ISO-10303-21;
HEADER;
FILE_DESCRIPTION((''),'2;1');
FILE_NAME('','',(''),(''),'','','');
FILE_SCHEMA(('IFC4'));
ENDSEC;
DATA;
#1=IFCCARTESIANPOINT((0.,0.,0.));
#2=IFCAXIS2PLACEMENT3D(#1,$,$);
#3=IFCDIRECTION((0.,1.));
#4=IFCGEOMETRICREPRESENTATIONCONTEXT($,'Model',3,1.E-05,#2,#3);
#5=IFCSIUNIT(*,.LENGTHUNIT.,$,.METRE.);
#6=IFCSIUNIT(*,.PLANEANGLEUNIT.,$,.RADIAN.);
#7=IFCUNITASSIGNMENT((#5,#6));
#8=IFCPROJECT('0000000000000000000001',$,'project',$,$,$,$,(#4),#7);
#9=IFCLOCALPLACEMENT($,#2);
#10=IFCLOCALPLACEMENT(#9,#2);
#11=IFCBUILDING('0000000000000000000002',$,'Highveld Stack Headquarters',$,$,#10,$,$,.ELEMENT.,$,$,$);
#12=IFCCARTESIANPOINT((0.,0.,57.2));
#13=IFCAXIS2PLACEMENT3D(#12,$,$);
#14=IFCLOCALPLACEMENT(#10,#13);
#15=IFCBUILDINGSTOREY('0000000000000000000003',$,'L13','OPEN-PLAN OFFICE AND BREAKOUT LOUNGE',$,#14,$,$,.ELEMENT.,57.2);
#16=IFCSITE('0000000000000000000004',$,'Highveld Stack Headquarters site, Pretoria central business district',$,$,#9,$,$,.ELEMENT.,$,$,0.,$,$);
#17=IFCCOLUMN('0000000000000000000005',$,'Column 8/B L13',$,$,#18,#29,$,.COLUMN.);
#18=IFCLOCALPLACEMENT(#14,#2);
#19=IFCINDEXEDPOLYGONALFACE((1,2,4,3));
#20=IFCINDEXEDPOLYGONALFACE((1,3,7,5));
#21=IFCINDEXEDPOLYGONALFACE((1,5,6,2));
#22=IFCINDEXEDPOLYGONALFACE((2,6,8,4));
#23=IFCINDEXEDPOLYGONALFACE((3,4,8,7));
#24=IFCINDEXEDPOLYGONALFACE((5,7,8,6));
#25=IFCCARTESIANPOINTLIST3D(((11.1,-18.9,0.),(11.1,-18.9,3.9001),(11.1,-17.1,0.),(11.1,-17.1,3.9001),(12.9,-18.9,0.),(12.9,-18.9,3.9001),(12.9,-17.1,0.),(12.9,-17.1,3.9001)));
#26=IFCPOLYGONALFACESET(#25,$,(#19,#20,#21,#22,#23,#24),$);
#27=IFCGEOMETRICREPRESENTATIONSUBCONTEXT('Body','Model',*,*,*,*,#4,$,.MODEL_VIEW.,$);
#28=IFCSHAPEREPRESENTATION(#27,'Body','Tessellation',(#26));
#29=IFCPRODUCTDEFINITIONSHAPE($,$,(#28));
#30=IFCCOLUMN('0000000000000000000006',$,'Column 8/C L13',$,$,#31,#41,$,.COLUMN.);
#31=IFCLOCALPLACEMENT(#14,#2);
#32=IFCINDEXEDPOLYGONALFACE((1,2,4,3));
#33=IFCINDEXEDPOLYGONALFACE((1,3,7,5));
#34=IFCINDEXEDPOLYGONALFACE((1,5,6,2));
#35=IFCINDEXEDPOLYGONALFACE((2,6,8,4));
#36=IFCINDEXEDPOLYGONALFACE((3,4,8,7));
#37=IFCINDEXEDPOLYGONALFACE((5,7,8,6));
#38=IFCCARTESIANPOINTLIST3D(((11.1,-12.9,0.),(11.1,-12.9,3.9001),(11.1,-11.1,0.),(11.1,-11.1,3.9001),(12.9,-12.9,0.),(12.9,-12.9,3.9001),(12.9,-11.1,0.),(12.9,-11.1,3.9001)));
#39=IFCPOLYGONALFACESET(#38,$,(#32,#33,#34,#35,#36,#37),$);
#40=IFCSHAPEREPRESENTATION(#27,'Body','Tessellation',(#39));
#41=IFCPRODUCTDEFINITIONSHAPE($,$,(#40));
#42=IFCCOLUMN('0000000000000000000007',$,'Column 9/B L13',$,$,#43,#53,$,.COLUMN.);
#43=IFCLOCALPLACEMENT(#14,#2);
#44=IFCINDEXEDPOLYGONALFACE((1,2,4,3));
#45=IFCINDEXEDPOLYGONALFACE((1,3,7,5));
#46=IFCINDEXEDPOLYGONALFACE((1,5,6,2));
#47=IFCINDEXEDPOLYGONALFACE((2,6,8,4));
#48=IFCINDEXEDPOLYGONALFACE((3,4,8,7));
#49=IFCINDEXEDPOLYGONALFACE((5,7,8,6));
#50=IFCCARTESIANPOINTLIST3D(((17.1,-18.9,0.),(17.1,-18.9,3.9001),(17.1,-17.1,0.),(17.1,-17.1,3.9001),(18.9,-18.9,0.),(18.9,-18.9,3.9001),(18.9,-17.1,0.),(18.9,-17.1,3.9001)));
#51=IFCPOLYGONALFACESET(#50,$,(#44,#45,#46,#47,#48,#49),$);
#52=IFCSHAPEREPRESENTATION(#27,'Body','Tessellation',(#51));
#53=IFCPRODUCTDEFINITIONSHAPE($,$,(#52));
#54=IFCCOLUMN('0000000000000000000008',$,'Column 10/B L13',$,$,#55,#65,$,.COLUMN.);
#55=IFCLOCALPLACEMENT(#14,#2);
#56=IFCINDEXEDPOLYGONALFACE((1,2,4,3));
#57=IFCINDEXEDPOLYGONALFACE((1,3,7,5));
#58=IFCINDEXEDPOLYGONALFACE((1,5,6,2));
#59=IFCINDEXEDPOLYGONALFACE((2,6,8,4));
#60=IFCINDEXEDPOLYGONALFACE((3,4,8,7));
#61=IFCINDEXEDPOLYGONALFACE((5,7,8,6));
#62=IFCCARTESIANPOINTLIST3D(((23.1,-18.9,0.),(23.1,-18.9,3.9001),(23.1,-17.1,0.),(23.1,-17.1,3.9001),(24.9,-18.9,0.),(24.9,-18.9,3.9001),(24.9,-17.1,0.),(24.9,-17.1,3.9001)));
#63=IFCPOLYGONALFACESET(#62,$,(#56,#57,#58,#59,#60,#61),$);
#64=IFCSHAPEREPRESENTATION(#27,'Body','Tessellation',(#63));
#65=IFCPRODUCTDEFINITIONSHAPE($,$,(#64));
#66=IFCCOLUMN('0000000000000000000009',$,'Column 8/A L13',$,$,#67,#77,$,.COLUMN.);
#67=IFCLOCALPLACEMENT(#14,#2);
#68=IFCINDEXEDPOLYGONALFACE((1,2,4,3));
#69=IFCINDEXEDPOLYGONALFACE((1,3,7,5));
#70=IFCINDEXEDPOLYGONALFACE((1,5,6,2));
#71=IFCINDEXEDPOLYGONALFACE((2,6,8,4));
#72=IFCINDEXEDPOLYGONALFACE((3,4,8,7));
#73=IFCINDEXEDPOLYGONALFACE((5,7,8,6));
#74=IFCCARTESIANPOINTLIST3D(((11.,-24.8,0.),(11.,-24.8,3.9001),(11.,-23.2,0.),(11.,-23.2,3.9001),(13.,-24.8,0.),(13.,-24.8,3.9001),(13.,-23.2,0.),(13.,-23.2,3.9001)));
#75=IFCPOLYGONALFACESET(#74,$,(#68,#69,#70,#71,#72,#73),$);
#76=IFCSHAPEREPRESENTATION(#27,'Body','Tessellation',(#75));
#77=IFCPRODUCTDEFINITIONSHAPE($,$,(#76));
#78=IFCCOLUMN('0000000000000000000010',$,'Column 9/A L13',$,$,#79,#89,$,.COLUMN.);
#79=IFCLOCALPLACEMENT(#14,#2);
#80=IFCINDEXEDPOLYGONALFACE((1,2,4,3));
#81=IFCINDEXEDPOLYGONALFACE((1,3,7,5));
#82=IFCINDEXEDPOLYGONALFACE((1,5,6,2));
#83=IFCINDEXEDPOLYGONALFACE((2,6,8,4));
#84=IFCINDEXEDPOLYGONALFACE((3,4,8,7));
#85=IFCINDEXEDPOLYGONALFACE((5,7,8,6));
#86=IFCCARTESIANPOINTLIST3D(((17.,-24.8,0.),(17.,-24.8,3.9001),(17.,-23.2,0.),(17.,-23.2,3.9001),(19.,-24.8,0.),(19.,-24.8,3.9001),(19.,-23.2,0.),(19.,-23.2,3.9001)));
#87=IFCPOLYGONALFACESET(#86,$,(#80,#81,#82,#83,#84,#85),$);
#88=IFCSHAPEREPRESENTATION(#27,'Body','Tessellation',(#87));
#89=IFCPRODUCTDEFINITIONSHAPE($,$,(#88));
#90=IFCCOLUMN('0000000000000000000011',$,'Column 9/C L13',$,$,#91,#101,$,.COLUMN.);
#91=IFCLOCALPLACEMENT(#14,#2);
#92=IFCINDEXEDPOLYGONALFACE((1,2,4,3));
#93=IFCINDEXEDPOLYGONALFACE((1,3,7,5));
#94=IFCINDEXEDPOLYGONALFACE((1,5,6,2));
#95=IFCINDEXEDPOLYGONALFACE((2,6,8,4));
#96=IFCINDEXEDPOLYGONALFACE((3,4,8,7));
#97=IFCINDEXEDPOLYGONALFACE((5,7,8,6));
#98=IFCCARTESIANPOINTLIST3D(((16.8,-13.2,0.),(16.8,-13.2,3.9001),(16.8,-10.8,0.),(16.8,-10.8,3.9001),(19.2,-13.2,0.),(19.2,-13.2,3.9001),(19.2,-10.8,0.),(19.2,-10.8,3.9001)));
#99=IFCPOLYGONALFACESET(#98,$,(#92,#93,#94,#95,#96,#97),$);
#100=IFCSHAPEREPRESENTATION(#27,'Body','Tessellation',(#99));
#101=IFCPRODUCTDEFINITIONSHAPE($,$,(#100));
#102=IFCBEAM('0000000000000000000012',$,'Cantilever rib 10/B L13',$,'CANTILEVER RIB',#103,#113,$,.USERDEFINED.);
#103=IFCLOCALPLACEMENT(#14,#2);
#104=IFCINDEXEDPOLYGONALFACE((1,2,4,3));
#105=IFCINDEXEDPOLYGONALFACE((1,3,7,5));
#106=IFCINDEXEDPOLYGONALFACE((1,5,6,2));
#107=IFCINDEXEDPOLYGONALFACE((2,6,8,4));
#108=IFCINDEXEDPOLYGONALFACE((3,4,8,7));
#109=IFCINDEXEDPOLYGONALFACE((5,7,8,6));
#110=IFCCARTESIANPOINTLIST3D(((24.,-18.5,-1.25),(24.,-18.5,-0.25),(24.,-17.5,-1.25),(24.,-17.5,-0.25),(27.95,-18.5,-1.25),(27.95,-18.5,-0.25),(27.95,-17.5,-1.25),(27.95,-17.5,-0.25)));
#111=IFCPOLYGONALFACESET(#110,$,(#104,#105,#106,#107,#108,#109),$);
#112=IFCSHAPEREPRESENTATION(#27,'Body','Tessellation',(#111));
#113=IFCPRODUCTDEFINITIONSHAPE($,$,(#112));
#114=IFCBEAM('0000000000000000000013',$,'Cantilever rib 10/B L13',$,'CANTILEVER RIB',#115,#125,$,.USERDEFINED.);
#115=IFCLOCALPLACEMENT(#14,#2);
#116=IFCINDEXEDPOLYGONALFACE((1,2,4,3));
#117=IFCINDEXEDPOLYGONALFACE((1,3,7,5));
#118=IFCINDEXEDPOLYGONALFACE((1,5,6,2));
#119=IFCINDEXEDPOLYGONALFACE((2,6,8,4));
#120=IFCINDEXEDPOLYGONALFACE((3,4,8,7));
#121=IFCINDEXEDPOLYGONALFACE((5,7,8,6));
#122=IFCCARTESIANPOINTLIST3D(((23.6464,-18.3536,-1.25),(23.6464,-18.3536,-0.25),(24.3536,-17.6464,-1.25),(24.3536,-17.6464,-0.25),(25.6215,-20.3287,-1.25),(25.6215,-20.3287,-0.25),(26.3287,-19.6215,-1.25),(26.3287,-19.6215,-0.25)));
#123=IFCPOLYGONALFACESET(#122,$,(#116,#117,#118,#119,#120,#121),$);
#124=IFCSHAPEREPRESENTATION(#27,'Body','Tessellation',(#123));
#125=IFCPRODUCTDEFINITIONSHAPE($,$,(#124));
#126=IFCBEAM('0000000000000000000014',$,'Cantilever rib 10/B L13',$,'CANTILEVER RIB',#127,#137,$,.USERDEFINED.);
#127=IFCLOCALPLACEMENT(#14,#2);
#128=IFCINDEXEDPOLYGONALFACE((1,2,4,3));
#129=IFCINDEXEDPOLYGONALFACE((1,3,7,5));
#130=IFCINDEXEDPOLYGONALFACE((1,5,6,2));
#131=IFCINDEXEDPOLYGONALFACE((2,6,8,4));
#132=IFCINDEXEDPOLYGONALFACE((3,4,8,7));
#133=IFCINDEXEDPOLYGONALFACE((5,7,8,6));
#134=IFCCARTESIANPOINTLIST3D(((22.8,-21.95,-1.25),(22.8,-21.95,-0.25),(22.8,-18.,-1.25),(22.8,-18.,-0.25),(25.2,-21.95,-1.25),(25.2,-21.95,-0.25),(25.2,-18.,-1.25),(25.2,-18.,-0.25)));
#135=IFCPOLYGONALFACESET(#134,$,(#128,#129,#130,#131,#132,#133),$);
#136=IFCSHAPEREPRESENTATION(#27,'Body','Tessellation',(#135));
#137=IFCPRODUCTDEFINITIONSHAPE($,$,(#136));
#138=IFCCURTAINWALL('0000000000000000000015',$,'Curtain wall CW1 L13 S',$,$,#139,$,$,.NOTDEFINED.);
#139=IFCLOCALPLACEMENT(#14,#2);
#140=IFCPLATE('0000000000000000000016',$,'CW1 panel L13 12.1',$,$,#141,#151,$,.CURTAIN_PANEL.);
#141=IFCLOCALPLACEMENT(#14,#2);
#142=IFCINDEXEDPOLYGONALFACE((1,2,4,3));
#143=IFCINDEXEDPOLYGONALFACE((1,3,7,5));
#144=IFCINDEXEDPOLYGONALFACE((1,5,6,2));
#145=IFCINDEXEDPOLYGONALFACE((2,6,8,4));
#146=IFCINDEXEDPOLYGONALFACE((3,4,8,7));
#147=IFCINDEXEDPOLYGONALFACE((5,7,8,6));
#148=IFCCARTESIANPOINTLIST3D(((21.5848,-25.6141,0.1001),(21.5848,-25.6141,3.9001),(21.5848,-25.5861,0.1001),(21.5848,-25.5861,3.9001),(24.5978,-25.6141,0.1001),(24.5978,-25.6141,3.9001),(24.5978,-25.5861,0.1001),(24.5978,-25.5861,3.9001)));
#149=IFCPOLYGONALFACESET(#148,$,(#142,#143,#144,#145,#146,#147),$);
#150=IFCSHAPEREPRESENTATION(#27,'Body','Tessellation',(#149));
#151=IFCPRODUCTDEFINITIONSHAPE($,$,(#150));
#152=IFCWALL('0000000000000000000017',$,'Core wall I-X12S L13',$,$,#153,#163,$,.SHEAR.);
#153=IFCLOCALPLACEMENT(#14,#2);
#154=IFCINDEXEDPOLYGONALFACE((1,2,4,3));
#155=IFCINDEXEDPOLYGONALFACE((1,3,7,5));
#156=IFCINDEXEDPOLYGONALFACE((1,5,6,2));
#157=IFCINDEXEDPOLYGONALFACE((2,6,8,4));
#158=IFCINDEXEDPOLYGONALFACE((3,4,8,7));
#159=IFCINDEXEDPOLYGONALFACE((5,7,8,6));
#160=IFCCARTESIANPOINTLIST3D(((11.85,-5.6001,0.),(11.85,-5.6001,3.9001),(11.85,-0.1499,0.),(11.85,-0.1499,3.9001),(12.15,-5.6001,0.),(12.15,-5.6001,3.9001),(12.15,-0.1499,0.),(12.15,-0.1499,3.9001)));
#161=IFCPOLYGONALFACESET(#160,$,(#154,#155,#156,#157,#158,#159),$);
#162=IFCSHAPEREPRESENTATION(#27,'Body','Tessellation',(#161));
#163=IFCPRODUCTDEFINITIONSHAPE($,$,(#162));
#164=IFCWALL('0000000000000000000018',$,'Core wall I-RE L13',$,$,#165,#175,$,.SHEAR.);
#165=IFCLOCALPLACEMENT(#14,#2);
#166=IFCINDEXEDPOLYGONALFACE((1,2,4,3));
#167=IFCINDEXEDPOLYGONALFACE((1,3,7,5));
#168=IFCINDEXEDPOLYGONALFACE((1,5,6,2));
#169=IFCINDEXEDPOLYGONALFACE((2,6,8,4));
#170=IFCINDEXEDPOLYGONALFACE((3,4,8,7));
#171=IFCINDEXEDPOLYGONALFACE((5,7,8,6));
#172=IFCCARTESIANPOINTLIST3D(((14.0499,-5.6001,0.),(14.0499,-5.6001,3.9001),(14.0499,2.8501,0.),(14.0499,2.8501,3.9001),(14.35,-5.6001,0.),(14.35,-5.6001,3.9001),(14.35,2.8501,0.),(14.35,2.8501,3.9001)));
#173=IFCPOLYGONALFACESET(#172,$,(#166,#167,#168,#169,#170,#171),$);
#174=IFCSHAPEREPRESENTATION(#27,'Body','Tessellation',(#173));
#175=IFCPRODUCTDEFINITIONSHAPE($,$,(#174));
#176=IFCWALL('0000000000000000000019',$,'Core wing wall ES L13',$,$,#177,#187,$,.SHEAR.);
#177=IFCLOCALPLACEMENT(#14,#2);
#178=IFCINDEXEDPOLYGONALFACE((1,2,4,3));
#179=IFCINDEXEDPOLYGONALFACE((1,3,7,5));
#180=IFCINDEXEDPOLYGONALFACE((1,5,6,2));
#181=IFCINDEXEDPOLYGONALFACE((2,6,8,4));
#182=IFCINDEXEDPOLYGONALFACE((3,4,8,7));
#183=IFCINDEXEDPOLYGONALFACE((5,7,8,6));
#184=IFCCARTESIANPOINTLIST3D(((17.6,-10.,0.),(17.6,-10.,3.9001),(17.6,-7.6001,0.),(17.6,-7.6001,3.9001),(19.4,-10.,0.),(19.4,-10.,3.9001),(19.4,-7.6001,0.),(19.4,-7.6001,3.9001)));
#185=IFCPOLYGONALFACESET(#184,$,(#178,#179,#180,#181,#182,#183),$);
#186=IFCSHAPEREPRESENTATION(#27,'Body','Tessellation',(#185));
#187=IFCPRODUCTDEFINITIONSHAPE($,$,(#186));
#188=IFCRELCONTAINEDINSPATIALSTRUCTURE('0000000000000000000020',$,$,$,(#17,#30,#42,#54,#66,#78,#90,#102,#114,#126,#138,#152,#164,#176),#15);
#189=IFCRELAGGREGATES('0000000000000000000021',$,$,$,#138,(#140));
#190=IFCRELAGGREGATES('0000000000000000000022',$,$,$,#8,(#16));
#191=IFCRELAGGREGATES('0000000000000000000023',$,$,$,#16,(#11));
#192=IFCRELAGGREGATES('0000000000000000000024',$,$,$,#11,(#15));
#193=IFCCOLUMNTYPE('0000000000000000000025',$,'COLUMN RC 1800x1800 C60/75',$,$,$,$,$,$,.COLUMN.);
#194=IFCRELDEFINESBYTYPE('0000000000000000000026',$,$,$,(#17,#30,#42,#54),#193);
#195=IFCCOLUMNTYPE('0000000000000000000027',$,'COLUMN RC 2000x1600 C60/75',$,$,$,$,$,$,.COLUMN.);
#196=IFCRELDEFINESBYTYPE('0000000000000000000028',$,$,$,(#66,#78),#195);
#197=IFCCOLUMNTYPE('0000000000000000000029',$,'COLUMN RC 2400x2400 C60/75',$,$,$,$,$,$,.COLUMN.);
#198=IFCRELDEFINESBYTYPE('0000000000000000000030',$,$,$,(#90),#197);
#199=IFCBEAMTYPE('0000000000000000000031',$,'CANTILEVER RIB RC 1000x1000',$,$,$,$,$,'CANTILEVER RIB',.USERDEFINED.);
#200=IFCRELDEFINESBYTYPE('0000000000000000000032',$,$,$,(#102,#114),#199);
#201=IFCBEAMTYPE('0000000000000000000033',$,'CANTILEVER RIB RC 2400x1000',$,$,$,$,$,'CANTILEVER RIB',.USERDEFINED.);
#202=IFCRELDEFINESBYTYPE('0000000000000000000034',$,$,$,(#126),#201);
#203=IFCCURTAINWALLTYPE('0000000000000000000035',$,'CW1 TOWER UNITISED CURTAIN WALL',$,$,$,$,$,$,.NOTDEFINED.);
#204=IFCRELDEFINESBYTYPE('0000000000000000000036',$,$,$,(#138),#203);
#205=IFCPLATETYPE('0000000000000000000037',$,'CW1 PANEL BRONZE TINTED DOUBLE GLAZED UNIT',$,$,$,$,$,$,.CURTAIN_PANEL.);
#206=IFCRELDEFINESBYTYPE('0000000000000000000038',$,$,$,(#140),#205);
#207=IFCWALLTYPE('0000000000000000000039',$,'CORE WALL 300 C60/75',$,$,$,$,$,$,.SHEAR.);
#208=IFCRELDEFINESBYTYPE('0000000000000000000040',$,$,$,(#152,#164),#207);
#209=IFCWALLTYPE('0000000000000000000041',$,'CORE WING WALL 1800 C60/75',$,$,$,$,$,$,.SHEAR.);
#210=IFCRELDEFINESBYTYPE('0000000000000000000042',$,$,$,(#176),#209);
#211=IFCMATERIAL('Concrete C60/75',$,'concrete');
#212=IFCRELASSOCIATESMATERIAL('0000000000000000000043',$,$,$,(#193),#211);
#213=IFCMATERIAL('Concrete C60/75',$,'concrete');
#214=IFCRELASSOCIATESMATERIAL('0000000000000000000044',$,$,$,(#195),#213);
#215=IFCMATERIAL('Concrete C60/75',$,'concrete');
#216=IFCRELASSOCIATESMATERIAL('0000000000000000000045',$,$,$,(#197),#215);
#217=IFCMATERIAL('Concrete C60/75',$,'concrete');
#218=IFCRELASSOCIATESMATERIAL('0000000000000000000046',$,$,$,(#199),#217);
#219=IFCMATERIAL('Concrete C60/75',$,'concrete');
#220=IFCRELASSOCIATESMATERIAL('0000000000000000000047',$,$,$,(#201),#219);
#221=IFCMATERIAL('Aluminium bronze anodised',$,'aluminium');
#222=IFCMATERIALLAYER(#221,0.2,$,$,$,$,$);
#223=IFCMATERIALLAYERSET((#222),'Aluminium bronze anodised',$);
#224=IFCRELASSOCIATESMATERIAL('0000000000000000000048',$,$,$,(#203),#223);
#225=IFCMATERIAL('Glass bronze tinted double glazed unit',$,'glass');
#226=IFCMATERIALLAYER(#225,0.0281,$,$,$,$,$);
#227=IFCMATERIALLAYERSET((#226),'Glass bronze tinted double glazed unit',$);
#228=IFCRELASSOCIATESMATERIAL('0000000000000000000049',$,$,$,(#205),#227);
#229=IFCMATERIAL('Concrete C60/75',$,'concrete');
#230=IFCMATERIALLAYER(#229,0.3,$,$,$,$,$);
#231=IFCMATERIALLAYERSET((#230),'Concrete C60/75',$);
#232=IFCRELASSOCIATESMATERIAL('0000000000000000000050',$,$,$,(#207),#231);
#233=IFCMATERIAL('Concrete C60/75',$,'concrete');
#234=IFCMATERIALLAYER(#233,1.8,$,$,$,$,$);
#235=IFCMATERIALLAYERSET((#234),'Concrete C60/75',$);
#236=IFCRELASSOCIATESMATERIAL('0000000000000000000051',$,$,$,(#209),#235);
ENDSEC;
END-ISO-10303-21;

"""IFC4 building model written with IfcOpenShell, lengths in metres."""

from ifc_helpers import new_model, si_unit, direction, frame, frame_2d, origin, origin_2d, place, context, subcontext, project, spatial, rectangle, extrude, material, layer, layer_set, material_profile, profile_set, type_object, element, aggregate, save


model = new_model("IFC4")

# Units and contexts
model_context = context("Model", 3, precision=1e-05, world=origin(), true_north=direction((0.0, 1.0)))
body_context = subcontext(model_context, "Body", "Model", "MODEL_VIEW")
ifc_project = project(units=[si_unit("LENGTHUNIT", "METRE"), si_unit("PLANEANGLEUNIT", "RADIAN")], contexts=[model_context])

# Site, building, storey
site_placement = place(None, origin())
site = spatial("IfcSite", under=ifc_project, at=site_placement, Name="Highveld Stack Headquarters site, Pretoria central business district", CompositionType="ELEMENT", RefElevation=0.0)
building_placement = place(site_placement, origin())
building = spatial("IfcBuilding", under=site, at=building_placement, Name="Highveld Stack Headquarters", CompositionType="ELEMENT")
storey_placement = place(building_placement, frame((0.0, 0.0, 57.2)))
storey = spatial("IfcBuildingStorey", under=building, at=storey_placement, Name="L13", Description="OPEN-PLAN OFFICE AND BREAKOUT LOUNGE", CompositionType="ELEMENT", Elevation=57.2)

# Columns
ifc_material_1 = material(Name="Concrete C60/75", Category="concrete")
ifc_material_profile_1 = material_profile(ifc_material_1, rectangle(XDim=1.8, YDim=1.8, at=origin_2d()), Name="RC 1800x1800")
ifc_profile_set_1 = profile_set([ifc_material_profile_1], Name="Concrete C60/75")
column_type_1 = type_object("IfcColumnType", Name="COLUMN RC 1800x1800 C60/75", PredefinedType="COLUMN", material=ifc_profile_set_1)
for number, where, z_axis, x_axis, name in (
    (1, (12.0, -18.0, 0.0), (0.0, 0.0, 1.0), (1.0, 0.0, 0.0), "Column 8/B L13"),
    (2, (12.0, -12.0, 0.0), (0.0, 0.0, 1.0), (1.0, 0.0, 0.0), "Column 8/C L13"),
    (3, (18.0, -18.0, 0.0), (0.0, 0.0, 1.0), (1.0, 0.0, 0.0), "Column 9/B L13"),
    (4, (24.0, -18.0, 0.0), (0.0, 0.0, 1.0), (1.0, 0.0, 0.0), "Column 10/B L13"),
):
    element("IfcColumn", number, at=place(storey_placement, frame(where, z_axis=z_axis, x_axis=x_axis)), inside=storey, type_object=column_type_1, Name=name, PredefinedType="COLUMN", context=body_context, shape_type="SweptSolid", body=[
        extrude(rectangle(XDim=1.8, YDim=1.8, at=origin_2d()), origin(), (0.0, 0.0, 1.0), 3.9001),
    ])
ifc_material_2 = material(Name="Concrete C60/75", Category="concrete")
ifc_material_profile_2 = material_profile(ifc_material_2, rectangle(XDim=2.0, YDim=1.6001, at=origin_2d()), Name="RC 2000x1600")
ifc_profile_set_2 = profile_set([ifc_material_profile_2], Name="Concrete C60/75")
column_type_2 = type_object("IfcColumnType", Name="COLUMN RC 2000x1600 C60/75", PredefinedType="COLUMN", material=ifc_profile_set_2)
for number, where, z_axis, x_axis, name in (
    (5, (12.0, -24.0, 0.0), (0.0, 0.0, 1.0), (1.0, 0.0, 0.0), "Column 8/A L13"),
    (6, (18.0, -24.0, 0.0), (0.0, 0.0, 1.0), (1.0, 0.0, 0.0), "Column 9/A L13"),
):
    element("IfcColumn", number, at=place(storey_placement, frame(where, z_axis=z_axis, x_axis=x_axis)), inside=storey, type_object=column_type_2, Name=name, PredefinedType="COLUMN", context=body_context, shape_type="SweptSolid", body=[
        extrude(rectangle(XDim=2.0, YDim=1.6001, at=origin_2d()), origin(), (0.0, 0.0, 1.0), 3.9001),
    ])
ifc_material_3 = material(Name="Concrete C60/75", Category="concrete")
ifc_material_profile_3 = material_profile(ifc_material_3, rectangle(XDim=2.3999, YDim=2.3999, at=origin_2d()), Name="RC 2400x2400")
ifc_profile_set_3 = profile_set([ifc_material_profile_3], Name="Concrete C60/75")
column_type_3 = type_object("IfcColumnType", Name="COLUMN RC 2400x2400 C60/75", PredefinedType="COLUMN", material=ifc_profile_set_3)
column_placement = place(storey_placement, frame((18.0, -12.0, 0.0), z_axis=(0.0, 0.0, 1.0), x_axis=(1.0, 0.0, 0.0)))
element("IfcColumn", 7, at=column_placement, inside=storey, type_object=column_type_3, Name="Column 9/C L13", PredefinedType="COLUMN", context=body_context, shape_type="SweptSolid", body=[
    extrude(rectangle(XDim=2.3999, YDim=2.3999, at=origin_2d()), origin(), (0.0, 0.0, 1.0), 3.9001),
])

# Beams
ifc_material_4 = material(Name="Concrete C60/75", Category="concrete")
ifc_material_profile_4 = material_profile(ifc_material_4, rectangle(XDim=1.0, YDim=1.0, at=origin_2d()), Name="RC 1000x1000")
ifc_profile_set_4 = profile_set([ifc_material_profile_4], Name="Concrete C60/75")
beam_type_1 = type_object("IfcBeamType", Name="CANTILEVER RIB RC 1000x1000", ElementType="CANTILEVER RIB", PredefinedType="USERDEFINED", material=ifc_profile_set_4)
beam_1_placement = place(storey_placement, frame((24.0, -18.0, -0.75), z_axis=(1.0, 0.0, 0.0), x_axis=(0.0, 1.0, 0.0)))
element("IfcBeam", 8, at=beam_1_placement, inside=storey, type_object=beam_type_1, Name="Cantilever rib 10/B L13", ObjectType="CANTILEVER RIB", PredefinedType="USERDEFINED", context=body_context, shape_type="SweptSolid", body=[
    extrude(rectangle(XDim=1.0, YDim=1.0, at=origin_2d()), origin(), (0.0, 0.0, 1.0), 3.95),
])
beam_2_placement = place(storey_placement, frame((24.0, -18.0, -0.75), z_axis=(0.707107, -0.707107, 0.0), x_axis=(0.707107, 0.707107, 0.0)))
element("IfcBeam", 9, at=beam_2_placement, inside=storey, type_object=beam_type_1, Name="Cantilever rib 10/B L13", ObjectType="CANTILEVER RIB", PredefinedType="USERDEFINED", context=body_context, shape_type="SweptSolid", body=[
    extrude(rectangle(XDim=1.0, YDim=1.0, at=origin_2d()), origin(), (0.0, 0.0, 1.0), 2.7932),
])
ifc_material_5 = material(Name="Concrete C60/75", Category="concrete")
ifc_material_profile_5 = material_profile(ifc_material_5, rectangle(XDim=2.3999, YDim=1.0, at=origin_2d()), Name="RC 2400x1000")
ifc_profile_set_5 = profile_set([ifc_material_profile_5], Name="Concrete C60/75")
beam_type_2 = type_object("IfcBeamType", Name="CANTILEVER RIB RC 2400x1000", ElementType="CANTILEVER RIB", PredefinedType="USERDEFINED", material=ifc_profile_set_5)
beam_3_placement = place(storey_placement, frame((24.0, -18.0, -0.75), z_axis=(0.0, -1.0, 0.0), x_axis=(1.0, 0.0, 0.0)))
element("IfcBeam", 10, at=beam_3_placement, inside=storey, type_object=beam_type_2, Name="Cantilever rib 10/B L13", ObjectType="CANTILEVER RIB", PredefinedType="USERDEFINED", context=body_context, shape_type="SweptSolid", body=[
    extrude(rectangle(XDim=2.3999, YDim=1.0, at=origin_2d()), origin(), (0.0, 0.0, 1.0), 3.95),
])

# Curtain wall, plate
ifc_material_6 = material(Name="Aluminium bronze anodised", Category="aluminium")
ifc_layer_1 = layer(ifc_material_6, 0.2)
ifc_layer_set_1 = layer_set([ifc_layer_1], Name="Aluminium bronze anodised")
curtain_wall_type = type_object("IfcCurtainWallType", Name="CW1 TOWER UNITISED CURTAIN WALL", PredefinedType="NOTDEFINED", material=ifc_layer_set_1)
curtain_wall_placement = place(storey_placement, origin())
curtain_wall = element("IfcCurtainWall", 11, at=curtain_wall_placement, inside=storey, type_object=curtain_wall_type, Name="Curtain wall CW1 L13 S", PredefinedType="NOTDEFINED")
ifc_material_7 = material(Name="Glass bronze tinted double glazed unit", Category="glass")
ifc_layer_2 = layer(ifc_material_7, 0.0281)
ifc_layer_set_2 = layer_set([ifc_layer_2], Name="Glass bronze tinted double glazed unit")
plate_type = type_object("IfcPlateType", Name="CW1 PANEL BRONZE TINTED DOUBLE GLAZED UNIT", PredefinedType="CURTAIN_PANEL", material=ifc_layer_set_2)
plate_placement = place(storey_placement, frame((23.0913, -25.6001, 0.1001), z_axis=(0.0, 0.0, 1.0), x_axis=(1.0, 0.0, 0.0)))
plate = element("IfcPlate", 12, at=plate_placement, type_object=plate_type, Name="CW1 panel L13 12.1", PredefinedType="CURTAIN_PANEL", context=body_context, shape_type="SweptSolid", body=[
    extrude(rectangle(XDim=3.0129, YDim=0.0281, at=origin_2d()), origin(), (0.0, 0.0, 1.0), 3.8),
])
aggregate(curtain_wall, [plate])

# Walls
ifc_material_8 = material(Name="Concrete C60/75", Category="concrete")
ifc_layer_3 = layer(ifc_material_8, 0.3)
ifc_layer_set_3 = layer_set([ifc_layer_3], Name="Concrete C60/75")
wall_type_1 = type_object("IfcWallType", Name="CORE WALL 300 C60/75", PredefinedType="SHEAR", material=ifc_layer_set_3)
wall_1_placement = place(storey_placement, frame((12.0, -5.6001, 0.0), z_axis=(0.0, 0.0, 1.0), x_axis=(0.0, 1.0, 0.0)))
element("IfcWall", 13, at=wall_1_placement, inside=storey, type_object=wall_type_1, Name="Core wall I-X12S L13", PredefinedType="SHEAR", context=body_context, shape_type="SweptSolid", body=[
    extrude(rectangle(XDim=5.4502, YDim=0.3, at=frame_2d((2.7251, 0.0))), origin(), (0.0, 0.0, 1.0), 3.9001),
])
wall_2_placement = place(storey_placement, frame((14.2, -5.6001, 0.0), z_axis=(0.0, 0.0, 1.0), x_axis=(0.0, 1.0, 0.0)))
element("IfcWall", 14, at=wall_2_placement, inside=storey, type_object=wall_type_1, Name="Core wall I-RE L13", PredefinedType="SHEAR", context=body_context, shape_type="SweptSolid", body=[
    extrude(rectangle(XDim=8.4502, YDim=0.3, at=frame_2d((4.2251, 0.0))), origin(), (0.0, 0.0, 1.0), 3.9001),
])
ifc_material_9 = material(Name="Concrete C60/75", Category="concrete")
ifc_layer_4 = layer(ifc_material_9, 1.8)
ifc_layer_set_4 = layer_set([ifc_layer_4], Name="Concrete C60/75")
wall_type_2 = type_object("IfcWallType", Name="CORE WING WALL 1800 C60/75", PredefinedType="SHEAR", material=ifc_layer_set_4)
wall_3_placement = place(storey_placement, frame((18.5, -10.0, 0.0), z_axis=(0.0, 0.0, 1.0), x_axis=(0.0, 1.0, 0.0)))
element("IfcWall", 15, at=wall_3_placement, inside=storey, type_object=wall_type_2, Name="Core wing wall ES L13", PredefinedType="SHEAR", context=body_context, shape_type="SweptSolid", body=[
    extrude(rectangle(XDim=2.3999, YDim=1.8, at=frame_2d((1.2, 0.0))), origin(), (0.0, 0.0, 1.0), 3.9001),
])

save(model, "model.ifc")
